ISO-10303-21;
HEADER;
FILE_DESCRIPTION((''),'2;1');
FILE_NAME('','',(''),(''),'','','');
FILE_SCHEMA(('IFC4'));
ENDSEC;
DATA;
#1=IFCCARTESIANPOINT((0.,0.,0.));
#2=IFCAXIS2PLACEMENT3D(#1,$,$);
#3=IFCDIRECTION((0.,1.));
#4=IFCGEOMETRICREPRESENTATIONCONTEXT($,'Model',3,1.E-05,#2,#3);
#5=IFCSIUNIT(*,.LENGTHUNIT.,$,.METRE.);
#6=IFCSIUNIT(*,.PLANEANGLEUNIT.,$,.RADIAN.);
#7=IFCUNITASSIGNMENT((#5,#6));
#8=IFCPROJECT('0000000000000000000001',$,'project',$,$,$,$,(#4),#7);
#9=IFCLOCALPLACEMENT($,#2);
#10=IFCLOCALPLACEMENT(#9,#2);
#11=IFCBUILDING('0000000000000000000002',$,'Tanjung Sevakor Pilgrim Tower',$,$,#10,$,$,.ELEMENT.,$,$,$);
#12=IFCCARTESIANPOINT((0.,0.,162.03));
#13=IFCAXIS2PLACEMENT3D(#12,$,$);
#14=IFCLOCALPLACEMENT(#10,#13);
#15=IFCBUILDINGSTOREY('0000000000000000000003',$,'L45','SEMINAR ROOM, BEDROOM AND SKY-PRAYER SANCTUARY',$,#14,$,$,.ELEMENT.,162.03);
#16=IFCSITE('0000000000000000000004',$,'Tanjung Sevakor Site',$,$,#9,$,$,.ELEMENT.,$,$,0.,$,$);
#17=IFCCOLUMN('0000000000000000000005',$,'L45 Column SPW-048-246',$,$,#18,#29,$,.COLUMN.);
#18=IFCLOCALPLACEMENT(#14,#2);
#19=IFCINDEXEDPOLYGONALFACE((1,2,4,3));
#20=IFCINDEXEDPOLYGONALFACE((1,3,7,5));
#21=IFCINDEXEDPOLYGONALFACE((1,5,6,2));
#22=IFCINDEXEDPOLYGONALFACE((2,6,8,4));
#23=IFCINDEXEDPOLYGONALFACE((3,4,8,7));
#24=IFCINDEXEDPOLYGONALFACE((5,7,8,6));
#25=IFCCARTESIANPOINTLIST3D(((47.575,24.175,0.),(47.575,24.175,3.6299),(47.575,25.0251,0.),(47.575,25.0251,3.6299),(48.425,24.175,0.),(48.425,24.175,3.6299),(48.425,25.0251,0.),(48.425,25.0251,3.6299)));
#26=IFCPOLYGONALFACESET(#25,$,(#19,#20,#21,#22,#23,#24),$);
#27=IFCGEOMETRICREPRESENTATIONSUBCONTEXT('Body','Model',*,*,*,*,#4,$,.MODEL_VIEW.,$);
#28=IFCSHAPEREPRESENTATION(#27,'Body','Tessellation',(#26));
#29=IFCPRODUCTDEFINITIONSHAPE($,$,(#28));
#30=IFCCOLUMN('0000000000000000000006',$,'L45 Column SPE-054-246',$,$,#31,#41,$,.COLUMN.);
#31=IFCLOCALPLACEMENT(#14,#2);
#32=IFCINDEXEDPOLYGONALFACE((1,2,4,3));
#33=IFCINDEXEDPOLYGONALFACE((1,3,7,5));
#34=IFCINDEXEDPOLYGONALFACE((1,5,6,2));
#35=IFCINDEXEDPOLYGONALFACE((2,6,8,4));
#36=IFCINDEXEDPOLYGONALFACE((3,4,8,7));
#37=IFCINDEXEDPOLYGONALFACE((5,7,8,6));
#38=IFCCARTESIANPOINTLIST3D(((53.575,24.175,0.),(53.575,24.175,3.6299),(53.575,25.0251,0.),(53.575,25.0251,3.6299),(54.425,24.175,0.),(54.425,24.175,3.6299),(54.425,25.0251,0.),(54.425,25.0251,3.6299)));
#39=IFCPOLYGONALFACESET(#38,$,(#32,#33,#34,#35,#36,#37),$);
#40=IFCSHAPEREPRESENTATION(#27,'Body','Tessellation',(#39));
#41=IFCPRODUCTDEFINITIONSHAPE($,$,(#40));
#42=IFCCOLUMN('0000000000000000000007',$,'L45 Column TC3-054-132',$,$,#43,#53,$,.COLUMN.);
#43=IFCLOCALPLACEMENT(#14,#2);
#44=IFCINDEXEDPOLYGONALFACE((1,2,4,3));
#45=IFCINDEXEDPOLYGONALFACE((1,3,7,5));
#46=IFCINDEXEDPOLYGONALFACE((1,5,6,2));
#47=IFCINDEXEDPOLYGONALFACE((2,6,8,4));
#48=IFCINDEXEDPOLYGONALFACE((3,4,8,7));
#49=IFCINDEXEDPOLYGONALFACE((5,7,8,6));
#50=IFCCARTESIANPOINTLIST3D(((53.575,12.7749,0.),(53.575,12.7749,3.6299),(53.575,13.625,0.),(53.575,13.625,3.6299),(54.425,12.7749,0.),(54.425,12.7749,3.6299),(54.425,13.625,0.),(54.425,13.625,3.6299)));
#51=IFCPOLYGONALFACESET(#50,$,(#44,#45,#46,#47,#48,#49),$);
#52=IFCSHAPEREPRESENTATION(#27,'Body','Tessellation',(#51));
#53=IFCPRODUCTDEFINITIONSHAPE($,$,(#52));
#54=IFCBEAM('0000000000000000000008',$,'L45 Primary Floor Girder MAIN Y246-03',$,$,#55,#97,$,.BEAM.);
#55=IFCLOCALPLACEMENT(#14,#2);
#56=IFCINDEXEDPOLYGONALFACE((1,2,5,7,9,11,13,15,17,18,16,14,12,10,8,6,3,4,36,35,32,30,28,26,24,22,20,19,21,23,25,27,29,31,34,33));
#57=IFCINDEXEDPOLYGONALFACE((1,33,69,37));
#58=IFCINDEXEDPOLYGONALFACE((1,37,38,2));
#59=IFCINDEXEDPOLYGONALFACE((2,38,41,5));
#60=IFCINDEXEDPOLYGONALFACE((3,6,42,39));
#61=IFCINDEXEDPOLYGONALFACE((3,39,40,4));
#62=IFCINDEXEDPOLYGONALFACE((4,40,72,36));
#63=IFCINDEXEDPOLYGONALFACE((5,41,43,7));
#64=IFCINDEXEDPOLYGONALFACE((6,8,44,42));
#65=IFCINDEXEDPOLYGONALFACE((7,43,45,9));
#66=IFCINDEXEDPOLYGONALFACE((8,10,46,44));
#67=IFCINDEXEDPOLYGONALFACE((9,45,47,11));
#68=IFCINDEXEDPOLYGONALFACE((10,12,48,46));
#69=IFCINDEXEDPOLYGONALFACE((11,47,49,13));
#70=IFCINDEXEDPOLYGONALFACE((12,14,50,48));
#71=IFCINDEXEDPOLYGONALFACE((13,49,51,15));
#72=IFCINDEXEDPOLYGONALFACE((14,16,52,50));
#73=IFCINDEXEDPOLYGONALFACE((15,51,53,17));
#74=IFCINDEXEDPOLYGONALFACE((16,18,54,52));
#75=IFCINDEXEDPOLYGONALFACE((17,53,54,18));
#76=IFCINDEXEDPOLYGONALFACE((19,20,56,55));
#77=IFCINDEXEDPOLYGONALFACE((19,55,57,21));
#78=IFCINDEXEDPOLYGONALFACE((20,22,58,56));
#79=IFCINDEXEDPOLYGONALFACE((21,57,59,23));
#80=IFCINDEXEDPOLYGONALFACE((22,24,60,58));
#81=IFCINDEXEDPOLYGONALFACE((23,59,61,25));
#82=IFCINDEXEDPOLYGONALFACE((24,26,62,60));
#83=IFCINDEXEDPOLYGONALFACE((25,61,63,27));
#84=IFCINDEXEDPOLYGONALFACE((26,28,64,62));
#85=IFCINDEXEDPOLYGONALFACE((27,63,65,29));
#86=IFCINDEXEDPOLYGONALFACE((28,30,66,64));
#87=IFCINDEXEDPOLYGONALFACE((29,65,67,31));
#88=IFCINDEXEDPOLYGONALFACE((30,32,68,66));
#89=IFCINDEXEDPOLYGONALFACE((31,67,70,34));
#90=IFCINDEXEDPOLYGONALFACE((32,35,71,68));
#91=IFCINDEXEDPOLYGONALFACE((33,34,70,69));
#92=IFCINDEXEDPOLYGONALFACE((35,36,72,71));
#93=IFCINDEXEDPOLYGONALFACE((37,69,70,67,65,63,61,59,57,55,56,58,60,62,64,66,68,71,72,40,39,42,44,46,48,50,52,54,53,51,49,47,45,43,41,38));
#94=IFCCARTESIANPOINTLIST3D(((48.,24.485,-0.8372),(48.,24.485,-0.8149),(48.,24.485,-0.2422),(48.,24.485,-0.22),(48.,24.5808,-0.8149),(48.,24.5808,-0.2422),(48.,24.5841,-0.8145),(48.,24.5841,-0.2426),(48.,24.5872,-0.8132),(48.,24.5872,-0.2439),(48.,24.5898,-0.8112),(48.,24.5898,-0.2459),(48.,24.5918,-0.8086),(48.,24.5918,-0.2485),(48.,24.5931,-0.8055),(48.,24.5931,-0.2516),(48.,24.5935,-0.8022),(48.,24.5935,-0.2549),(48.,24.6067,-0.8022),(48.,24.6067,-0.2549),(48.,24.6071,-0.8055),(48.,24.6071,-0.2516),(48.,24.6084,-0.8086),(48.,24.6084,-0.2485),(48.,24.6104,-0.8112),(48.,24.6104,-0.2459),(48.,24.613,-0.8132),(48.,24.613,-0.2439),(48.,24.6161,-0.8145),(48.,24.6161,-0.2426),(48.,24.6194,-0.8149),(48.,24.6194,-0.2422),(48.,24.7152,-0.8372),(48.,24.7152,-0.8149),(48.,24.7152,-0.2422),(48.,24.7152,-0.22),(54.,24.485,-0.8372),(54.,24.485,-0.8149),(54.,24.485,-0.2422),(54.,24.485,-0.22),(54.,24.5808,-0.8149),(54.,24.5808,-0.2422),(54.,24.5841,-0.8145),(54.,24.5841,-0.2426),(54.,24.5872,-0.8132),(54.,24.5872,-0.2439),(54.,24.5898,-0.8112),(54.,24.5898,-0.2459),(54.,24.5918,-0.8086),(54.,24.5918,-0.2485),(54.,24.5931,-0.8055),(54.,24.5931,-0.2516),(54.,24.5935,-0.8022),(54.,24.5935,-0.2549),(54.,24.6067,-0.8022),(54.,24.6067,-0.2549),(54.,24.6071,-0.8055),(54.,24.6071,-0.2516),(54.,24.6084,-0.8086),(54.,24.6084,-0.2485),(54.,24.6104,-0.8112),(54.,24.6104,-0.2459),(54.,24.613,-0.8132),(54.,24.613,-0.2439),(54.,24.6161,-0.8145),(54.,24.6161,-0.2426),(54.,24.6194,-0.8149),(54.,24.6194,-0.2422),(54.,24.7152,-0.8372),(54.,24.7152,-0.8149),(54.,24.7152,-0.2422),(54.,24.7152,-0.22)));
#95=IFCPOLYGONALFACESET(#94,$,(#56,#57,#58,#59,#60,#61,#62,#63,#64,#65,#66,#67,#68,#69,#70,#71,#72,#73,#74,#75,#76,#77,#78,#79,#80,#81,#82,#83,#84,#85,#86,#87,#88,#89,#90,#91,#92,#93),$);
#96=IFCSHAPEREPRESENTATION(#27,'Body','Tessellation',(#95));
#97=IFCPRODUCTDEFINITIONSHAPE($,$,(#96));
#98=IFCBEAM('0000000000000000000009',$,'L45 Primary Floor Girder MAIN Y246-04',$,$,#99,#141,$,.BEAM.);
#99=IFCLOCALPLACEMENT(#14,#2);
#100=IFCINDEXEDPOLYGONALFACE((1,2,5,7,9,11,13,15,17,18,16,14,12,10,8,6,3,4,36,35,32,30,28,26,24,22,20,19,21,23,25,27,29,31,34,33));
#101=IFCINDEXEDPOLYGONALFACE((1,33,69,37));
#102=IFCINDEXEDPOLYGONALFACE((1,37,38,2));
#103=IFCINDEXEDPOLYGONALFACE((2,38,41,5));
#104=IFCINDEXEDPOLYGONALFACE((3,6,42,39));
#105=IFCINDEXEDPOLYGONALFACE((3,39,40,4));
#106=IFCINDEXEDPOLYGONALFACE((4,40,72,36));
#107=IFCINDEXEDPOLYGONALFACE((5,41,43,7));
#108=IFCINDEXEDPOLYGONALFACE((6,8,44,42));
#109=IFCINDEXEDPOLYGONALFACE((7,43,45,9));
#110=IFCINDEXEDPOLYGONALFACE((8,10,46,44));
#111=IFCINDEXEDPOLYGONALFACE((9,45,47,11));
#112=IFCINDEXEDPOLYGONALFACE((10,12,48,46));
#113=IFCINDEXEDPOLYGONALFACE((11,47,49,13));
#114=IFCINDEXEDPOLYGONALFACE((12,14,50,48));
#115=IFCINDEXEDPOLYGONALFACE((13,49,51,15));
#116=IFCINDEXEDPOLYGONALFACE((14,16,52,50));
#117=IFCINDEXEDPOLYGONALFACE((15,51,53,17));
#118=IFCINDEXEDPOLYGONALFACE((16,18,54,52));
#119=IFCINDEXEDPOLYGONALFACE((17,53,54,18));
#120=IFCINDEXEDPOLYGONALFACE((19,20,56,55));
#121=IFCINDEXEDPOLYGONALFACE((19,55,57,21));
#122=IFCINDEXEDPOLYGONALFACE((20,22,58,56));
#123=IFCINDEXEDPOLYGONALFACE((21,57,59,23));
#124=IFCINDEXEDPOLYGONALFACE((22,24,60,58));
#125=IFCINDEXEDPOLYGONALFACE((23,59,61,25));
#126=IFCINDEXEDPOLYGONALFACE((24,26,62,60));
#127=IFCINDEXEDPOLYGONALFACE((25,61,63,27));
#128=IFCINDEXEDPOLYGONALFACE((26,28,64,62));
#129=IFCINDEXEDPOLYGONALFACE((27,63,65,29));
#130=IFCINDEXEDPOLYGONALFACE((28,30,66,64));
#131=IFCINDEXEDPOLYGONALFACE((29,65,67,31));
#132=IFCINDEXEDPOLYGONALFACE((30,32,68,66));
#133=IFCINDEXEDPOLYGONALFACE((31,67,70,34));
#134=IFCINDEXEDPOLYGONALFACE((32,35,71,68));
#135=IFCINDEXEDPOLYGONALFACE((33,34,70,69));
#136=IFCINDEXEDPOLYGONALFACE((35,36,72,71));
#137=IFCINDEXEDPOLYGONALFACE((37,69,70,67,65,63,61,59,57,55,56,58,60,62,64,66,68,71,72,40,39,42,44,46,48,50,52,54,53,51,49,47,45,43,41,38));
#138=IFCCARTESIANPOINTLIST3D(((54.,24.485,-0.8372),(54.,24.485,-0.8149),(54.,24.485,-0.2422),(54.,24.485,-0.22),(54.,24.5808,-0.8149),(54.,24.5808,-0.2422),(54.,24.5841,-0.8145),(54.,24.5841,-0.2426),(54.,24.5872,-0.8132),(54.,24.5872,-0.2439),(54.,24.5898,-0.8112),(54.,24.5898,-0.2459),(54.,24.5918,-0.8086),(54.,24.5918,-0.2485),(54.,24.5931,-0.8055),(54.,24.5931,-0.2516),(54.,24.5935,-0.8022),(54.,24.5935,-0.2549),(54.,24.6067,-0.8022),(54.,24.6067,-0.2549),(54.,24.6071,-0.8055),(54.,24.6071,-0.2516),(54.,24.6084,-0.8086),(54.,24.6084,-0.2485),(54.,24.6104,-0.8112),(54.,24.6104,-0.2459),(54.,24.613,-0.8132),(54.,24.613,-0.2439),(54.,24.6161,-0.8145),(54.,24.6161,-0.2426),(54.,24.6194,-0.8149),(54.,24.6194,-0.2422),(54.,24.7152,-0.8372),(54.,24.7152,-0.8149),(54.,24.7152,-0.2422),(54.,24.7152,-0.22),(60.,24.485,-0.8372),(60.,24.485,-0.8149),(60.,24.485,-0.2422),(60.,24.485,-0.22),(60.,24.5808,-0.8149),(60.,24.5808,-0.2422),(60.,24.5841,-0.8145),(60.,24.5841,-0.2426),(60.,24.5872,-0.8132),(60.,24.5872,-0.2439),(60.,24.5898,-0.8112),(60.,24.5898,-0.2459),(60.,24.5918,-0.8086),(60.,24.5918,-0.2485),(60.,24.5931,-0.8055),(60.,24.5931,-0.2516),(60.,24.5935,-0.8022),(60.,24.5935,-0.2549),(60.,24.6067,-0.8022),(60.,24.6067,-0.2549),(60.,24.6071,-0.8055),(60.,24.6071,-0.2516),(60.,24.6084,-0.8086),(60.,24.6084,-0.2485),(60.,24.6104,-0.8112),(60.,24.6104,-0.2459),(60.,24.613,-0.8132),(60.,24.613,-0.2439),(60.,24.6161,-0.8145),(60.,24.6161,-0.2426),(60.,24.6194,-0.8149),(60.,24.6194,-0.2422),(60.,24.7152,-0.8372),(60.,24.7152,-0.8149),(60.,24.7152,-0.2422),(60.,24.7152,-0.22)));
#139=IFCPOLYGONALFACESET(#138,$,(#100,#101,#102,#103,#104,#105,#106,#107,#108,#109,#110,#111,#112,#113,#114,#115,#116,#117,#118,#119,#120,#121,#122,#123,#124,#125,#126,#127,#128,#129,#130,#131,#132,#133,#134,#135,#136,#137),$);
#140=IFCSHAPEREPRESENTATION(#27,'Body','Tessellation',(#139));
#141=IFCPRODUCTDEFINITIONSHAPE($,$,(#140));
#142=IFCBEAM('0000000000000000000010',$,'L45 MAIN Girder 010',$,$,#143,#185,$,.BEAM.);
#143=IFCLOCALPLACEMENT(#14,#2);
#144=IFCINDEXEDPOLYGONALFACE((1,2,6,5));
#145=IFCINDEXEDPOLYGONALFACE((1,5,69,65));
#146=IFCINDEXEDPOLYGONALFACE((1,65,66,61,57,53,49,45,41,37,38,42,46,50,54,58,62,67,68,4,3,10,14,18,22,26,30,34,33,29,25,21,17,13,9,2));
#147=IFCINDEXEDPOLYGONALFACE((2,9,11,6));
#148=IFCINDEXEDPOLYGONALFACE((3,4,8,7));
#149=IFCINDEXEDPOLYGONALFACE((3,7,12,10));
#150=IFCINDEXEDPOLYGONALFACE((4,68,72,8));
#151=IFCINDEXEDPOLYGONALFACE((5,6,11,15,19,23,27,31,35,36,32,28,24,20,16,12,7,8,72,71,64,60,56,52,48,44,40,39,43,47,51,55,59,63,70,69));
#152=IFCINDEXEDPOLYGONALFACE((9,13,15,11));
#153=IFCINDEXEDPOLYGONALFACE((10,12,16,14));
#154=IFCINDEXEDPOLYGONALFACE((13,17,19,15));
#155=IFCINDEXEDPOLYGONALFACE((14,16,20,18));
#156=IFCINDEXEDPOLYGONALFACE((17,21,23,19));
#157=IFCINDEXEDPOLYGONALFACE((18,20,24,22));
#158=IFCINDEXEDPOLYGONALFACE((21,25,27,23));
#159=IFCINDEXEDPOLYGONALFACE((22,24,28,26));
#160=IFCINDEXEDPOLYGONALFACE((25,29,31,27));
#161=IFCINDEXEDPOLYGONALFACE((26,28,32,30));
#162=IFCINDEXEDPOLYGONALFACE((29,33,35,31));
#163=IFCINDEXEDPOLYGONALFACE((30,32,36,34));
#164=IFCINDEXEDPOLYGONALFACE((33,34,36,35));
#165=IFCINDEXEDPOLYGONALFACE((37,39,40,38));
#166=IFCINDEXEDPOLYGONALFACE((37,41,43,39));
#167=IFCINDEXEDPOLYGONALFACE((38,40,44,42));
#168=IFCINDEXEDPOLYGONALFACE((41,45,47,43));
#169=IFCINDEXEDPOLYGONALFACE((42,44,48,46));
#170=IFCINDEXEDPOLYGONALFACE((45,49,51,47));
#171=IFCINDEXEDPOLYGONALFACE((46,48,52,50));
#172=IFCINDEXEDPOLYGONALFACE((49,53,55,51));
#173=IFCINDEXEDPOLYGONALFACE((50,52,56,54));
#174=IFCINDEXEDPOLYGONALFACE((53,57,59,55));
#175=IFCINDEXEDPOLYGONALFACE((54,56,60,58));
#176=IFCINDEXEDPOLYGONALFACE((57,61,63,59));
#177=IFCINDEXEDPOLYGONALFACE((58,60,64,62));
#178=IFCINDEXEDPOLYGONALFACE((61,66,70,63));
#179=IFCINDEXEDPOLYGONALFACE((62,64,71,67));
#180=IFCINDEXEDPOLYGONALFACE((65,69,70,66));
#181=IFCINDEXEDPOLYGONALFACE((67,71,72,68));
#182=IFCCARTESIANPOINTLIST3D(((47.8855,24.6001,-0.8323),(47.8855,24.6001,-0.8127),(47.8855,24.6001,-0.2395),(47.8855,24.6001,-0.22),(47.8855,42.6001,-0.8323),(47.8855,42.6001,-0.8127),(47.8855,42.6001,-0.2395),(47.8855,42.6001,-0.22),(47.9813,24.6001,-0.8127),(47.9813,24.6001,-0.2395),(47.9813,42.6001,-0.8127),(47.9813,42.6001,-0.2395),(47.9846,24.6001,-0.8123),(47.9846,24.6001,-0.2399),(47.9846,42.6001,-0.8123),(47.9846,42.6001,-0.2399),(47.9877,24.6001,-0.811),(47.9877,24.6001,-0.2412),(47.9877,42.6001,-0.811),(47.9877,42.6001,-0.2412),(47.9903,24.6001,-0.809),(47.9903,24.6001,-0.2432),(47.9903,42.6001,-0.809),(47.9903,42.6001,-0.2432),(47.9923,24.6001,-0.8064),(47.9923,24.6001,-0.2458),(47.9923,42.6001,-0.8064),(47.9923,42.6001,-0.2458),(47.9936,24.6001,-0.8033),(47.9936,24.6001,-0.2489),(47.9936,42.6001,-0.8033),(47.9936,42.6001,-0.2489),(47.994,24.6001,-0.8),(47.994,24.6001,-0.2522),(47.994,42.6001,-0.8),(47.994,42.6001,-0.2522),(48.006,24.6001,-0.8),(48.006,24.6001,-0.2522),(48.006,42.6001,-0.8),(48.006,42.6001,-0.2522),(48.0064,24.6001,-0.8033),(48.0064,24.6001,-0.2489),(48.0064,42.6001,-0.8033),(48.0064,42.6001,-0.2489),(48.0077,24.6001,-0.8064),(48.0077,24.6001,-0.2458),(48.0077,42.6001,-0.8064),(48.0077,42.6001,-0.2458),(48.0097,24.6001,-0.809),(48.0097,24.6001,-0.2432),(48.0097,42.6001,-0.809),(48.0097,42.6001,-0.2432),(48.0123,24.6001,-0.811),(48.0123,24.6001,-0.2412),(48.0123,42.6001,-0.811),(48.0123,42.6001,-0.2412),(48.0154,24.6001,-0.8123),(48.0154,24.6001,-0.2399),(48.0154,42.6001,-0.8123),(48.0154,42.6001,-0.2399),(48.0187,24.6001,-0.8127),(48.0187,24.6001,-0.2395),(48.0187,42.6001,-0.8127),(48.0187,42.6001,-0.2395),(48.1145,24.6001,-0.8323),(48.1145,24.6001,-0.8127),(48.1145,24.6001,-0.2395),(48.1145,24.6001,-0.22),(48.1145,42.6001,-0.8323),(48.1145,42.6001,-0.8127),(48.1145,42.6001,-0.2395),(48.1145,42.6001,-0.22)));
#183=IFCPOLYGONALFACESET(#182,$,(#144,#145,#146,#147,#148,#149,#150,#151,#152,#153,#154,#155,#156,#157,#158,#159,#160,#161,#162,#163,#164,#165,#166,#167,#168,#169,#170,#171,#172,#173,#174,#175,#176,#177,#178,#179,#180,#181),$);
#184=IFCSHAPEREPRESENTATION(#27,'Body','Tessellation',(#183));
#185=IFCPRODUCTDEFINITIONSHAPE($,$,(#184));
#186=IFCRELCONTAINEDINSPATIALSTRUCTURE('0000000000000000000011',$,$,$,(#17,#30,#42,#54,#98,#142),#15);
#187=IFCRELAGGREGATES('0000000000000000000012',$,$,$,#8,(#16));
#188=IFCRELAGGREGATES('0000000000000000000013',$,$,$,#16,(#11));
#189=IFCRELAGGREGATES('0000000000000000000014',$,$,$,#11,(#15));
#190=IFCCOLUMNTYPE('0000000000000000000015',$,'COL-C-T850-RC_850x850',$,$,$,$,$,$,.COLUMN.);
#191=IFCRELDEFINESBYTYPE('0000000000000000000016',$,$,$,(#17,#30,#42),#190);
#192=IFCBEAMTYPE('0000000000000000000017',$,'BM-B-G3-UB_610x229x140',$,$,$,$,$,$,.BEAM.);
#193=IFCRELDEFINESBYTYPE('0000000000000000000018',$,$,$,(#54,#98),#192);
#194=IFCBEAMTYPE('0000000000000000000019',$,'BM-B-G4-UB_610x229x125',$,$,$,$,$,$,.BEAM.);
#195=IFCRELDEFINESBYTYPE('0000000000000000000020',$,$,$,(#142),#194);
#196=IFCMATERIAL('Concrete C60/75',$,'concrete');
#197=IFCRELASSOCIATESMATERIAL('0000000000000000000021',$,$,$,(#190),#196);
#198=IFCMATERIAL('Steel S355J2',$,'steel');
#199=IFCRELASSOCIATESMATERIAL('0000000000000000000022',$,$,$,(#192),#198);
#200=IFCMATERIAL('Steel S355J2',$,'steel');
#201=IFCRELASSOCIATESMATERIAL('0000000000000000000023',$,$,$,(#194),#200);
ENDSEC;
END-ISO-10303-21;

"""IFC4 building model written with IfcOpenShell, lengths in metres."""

from ifc_helpers import new_model, si_unit, direction, frame, origin, origin_2d, place, context, subcontext, project, spatial, rectangle, i_section, extrude, material, material_profile, profile_set, type_object, element, save


model = new_model("IFC4")

# Units and contexts
model_context = context("Model", 3, precision=1e-05, world=origin(), true_north=direction((0.0, 1.0)))
body_context = subcontext(model_context, "Body", "Model", "MODEL_VIEW")
ifc_project = project(units=[si_unit("LENGTHUNIT", "METRE"), si_unit("PLANEANGLEUNIT", "RADIAN")], contexts=[model_context])

# Site, building, storey
site_placement = place(None, origin())
site = spatial("IfcSite", under=ifc_project, at=site_placement, Name="Tanjung Sevakor Site", CompositionType="ELEMENT", RefElevation=0.0)
building_placement = place(site_placement, origin())
building = spatial("IfcBuilding", under=site, at=building_placement, Name="Tanjung Sevakor Pilgrim Tower", CompositionType="ELEMENT")
storey_placement = place(building_placement, frame((0.0, 0.0, 162.03)))
storey = spatial("IfcBuildingStorey", under=building, at=storey_placement, Name="L45", Description="SEMINAR ROOM, BEDROOM AND SKY-PRAYER SANCTUARY", CompositionType="ELEMENT", Elevation=162.03)

# Columns
ifc_material_1 = material(Name="Concrete C60/75", Category="concrete")
ifc_material_profile_1 = material_profile(ifc_material_1, rectangle(XDim=0.8501, YDim=0.8501, at=origin_2d()))
ifc_profile_set_1 = profile_set([ifc_material_profile_1], Name="Concrete C60/75")
column_type = type_object("IfcColumnType", Name="COL-C-T850-RC_850x850", PredefinedType="COLUMN", material=ifc_profile_set_1)
for number, where, z_axis, x_axis, name in (
    (1, (48.0, 24.6001, 0.0), (0.0, 0.0, 1.0), (1.0, 0.0, 0.0), "L45 Column SPW-048-246"),
    (2, (54.0, 24.6001, 0.0), (0.0, 0.0, 1.0), (1.0, 0.0, 0.0), "L45 Column SPE-054-246"),
    (3, (54.0, 13.2, 0.0), (0.0, 0.0, 1.0), (1.0, 0.0, 0.0), "L45 Column TC3-054-132"),
):
    element("IfcColumn", number, at=place(storey_placement, frame(where, z_axis=z_axis, x_axis=x_axis)), inside=storey, type_object=column_type, Name=name, PredefinedType="COLUMN", context=body_context, shape_type="SweptSolid", body=[
        extrude(rectangle(XDim=0.8501, YDim=0.8501, at=origin_2d()), origin(), (0.0, 0.0, 1.0), 3.6299),
    ])

# Beams
ifc_material_2 = material(Name="Steel S355J2", Category="steel")
ifc_material_profile_2 = material_profile(ifc_material_2, i_section(OverallWidth=0.2302, OverallDepth=0.6172, WebThickness=0.0132, FlangeThickness=0.0222, FilletRadius=0.0127, at=origin_2d()))
ifc_profile_set_2 = profile_set([ifc_material_profile_2], Name="Steel S355J2")
beam_type_1 = type_object("IfcBeamType", Name="BM-B-G3-UB_610x229x140", PredefinedType="BEAM", material=ifc_profile_set_2)
for number, where, z_axis, x_axis, name in (
    (4, (48.0, 24.6001, -0.5286), (1.0, 0.0, 0.0), (0.0, 1.0, 0.0), "L45 Primary Floor Girder MAIN Y246-03"),
    (5, (54.0, 24.6001, -0.5286), (1.0, 0.0, 0.0), (0.0, 1.0, 0.0), "L45 Primary Floor Girder MAIN Y246-04"),
):
    element("IfcBeam", number, at=place(storey_placement, frame(where, z_axis=z_axis, x_axis=x_axis)), inside=storey, type_object=beam_type_1, Name=name, PredefinedType="BEAM", context=body_context, shape_type="SweptSolid", body=[
        extrude(i_section(OverallWidth=0.2302, OverallDepth=0.6172, WebThickness=0.0132, FlangeThickness=0.0222, FilletRadius=0.0127, at=origin_2d()), origin(), (0.0, 0.0, 1.0), 6.0),
    ])
ifc_material_3 = material(Name="Steel S355J2", Category="steel")
ifc_material_profile_3 = material_profile(ifc_material_3, i_section(OverallWidth=0.229, OverallDepth=0.6123, WebThickness=0.012, FlangeThickness=0.0195, FilletRadius=0.0127, at=origin_2d()))
ifc_profile_set_3 = profile_set([ifc_material_profile_3], Name="Steel S355J2")
beam_type_2 = type_object("IfcBeamType", Name="BM-B-G4-UB_610x229x125", PredefinedType="BEAM", material=ifc_profile_set_3)
beam_1_placement = place(storey_placement, frame((48.0, 24.6001, -0.5261), z_axis=(0.0, 1.0, 0.0), x_axis=(-1.0, 0.0, 0.0)))
element("IfcBeam", 6, at=beam_1_placement, inside=storey, type_object=beam_type_2, Name="L45 MAIN Girder 010", PredefinedType="BEAM", context=body_context, shape_type="SweptSolid", body=[
    extrude(i_section(OverallWidth=0.229, OverallDepth=0.6123, WebThickness=0.012, FlangeThickness=0.0195, FilletRadius=0.0127, at=origin_2d()), origin(), (0.0, 0.0, 1.0), 18.0),
])

save(model, "model.ifc")
